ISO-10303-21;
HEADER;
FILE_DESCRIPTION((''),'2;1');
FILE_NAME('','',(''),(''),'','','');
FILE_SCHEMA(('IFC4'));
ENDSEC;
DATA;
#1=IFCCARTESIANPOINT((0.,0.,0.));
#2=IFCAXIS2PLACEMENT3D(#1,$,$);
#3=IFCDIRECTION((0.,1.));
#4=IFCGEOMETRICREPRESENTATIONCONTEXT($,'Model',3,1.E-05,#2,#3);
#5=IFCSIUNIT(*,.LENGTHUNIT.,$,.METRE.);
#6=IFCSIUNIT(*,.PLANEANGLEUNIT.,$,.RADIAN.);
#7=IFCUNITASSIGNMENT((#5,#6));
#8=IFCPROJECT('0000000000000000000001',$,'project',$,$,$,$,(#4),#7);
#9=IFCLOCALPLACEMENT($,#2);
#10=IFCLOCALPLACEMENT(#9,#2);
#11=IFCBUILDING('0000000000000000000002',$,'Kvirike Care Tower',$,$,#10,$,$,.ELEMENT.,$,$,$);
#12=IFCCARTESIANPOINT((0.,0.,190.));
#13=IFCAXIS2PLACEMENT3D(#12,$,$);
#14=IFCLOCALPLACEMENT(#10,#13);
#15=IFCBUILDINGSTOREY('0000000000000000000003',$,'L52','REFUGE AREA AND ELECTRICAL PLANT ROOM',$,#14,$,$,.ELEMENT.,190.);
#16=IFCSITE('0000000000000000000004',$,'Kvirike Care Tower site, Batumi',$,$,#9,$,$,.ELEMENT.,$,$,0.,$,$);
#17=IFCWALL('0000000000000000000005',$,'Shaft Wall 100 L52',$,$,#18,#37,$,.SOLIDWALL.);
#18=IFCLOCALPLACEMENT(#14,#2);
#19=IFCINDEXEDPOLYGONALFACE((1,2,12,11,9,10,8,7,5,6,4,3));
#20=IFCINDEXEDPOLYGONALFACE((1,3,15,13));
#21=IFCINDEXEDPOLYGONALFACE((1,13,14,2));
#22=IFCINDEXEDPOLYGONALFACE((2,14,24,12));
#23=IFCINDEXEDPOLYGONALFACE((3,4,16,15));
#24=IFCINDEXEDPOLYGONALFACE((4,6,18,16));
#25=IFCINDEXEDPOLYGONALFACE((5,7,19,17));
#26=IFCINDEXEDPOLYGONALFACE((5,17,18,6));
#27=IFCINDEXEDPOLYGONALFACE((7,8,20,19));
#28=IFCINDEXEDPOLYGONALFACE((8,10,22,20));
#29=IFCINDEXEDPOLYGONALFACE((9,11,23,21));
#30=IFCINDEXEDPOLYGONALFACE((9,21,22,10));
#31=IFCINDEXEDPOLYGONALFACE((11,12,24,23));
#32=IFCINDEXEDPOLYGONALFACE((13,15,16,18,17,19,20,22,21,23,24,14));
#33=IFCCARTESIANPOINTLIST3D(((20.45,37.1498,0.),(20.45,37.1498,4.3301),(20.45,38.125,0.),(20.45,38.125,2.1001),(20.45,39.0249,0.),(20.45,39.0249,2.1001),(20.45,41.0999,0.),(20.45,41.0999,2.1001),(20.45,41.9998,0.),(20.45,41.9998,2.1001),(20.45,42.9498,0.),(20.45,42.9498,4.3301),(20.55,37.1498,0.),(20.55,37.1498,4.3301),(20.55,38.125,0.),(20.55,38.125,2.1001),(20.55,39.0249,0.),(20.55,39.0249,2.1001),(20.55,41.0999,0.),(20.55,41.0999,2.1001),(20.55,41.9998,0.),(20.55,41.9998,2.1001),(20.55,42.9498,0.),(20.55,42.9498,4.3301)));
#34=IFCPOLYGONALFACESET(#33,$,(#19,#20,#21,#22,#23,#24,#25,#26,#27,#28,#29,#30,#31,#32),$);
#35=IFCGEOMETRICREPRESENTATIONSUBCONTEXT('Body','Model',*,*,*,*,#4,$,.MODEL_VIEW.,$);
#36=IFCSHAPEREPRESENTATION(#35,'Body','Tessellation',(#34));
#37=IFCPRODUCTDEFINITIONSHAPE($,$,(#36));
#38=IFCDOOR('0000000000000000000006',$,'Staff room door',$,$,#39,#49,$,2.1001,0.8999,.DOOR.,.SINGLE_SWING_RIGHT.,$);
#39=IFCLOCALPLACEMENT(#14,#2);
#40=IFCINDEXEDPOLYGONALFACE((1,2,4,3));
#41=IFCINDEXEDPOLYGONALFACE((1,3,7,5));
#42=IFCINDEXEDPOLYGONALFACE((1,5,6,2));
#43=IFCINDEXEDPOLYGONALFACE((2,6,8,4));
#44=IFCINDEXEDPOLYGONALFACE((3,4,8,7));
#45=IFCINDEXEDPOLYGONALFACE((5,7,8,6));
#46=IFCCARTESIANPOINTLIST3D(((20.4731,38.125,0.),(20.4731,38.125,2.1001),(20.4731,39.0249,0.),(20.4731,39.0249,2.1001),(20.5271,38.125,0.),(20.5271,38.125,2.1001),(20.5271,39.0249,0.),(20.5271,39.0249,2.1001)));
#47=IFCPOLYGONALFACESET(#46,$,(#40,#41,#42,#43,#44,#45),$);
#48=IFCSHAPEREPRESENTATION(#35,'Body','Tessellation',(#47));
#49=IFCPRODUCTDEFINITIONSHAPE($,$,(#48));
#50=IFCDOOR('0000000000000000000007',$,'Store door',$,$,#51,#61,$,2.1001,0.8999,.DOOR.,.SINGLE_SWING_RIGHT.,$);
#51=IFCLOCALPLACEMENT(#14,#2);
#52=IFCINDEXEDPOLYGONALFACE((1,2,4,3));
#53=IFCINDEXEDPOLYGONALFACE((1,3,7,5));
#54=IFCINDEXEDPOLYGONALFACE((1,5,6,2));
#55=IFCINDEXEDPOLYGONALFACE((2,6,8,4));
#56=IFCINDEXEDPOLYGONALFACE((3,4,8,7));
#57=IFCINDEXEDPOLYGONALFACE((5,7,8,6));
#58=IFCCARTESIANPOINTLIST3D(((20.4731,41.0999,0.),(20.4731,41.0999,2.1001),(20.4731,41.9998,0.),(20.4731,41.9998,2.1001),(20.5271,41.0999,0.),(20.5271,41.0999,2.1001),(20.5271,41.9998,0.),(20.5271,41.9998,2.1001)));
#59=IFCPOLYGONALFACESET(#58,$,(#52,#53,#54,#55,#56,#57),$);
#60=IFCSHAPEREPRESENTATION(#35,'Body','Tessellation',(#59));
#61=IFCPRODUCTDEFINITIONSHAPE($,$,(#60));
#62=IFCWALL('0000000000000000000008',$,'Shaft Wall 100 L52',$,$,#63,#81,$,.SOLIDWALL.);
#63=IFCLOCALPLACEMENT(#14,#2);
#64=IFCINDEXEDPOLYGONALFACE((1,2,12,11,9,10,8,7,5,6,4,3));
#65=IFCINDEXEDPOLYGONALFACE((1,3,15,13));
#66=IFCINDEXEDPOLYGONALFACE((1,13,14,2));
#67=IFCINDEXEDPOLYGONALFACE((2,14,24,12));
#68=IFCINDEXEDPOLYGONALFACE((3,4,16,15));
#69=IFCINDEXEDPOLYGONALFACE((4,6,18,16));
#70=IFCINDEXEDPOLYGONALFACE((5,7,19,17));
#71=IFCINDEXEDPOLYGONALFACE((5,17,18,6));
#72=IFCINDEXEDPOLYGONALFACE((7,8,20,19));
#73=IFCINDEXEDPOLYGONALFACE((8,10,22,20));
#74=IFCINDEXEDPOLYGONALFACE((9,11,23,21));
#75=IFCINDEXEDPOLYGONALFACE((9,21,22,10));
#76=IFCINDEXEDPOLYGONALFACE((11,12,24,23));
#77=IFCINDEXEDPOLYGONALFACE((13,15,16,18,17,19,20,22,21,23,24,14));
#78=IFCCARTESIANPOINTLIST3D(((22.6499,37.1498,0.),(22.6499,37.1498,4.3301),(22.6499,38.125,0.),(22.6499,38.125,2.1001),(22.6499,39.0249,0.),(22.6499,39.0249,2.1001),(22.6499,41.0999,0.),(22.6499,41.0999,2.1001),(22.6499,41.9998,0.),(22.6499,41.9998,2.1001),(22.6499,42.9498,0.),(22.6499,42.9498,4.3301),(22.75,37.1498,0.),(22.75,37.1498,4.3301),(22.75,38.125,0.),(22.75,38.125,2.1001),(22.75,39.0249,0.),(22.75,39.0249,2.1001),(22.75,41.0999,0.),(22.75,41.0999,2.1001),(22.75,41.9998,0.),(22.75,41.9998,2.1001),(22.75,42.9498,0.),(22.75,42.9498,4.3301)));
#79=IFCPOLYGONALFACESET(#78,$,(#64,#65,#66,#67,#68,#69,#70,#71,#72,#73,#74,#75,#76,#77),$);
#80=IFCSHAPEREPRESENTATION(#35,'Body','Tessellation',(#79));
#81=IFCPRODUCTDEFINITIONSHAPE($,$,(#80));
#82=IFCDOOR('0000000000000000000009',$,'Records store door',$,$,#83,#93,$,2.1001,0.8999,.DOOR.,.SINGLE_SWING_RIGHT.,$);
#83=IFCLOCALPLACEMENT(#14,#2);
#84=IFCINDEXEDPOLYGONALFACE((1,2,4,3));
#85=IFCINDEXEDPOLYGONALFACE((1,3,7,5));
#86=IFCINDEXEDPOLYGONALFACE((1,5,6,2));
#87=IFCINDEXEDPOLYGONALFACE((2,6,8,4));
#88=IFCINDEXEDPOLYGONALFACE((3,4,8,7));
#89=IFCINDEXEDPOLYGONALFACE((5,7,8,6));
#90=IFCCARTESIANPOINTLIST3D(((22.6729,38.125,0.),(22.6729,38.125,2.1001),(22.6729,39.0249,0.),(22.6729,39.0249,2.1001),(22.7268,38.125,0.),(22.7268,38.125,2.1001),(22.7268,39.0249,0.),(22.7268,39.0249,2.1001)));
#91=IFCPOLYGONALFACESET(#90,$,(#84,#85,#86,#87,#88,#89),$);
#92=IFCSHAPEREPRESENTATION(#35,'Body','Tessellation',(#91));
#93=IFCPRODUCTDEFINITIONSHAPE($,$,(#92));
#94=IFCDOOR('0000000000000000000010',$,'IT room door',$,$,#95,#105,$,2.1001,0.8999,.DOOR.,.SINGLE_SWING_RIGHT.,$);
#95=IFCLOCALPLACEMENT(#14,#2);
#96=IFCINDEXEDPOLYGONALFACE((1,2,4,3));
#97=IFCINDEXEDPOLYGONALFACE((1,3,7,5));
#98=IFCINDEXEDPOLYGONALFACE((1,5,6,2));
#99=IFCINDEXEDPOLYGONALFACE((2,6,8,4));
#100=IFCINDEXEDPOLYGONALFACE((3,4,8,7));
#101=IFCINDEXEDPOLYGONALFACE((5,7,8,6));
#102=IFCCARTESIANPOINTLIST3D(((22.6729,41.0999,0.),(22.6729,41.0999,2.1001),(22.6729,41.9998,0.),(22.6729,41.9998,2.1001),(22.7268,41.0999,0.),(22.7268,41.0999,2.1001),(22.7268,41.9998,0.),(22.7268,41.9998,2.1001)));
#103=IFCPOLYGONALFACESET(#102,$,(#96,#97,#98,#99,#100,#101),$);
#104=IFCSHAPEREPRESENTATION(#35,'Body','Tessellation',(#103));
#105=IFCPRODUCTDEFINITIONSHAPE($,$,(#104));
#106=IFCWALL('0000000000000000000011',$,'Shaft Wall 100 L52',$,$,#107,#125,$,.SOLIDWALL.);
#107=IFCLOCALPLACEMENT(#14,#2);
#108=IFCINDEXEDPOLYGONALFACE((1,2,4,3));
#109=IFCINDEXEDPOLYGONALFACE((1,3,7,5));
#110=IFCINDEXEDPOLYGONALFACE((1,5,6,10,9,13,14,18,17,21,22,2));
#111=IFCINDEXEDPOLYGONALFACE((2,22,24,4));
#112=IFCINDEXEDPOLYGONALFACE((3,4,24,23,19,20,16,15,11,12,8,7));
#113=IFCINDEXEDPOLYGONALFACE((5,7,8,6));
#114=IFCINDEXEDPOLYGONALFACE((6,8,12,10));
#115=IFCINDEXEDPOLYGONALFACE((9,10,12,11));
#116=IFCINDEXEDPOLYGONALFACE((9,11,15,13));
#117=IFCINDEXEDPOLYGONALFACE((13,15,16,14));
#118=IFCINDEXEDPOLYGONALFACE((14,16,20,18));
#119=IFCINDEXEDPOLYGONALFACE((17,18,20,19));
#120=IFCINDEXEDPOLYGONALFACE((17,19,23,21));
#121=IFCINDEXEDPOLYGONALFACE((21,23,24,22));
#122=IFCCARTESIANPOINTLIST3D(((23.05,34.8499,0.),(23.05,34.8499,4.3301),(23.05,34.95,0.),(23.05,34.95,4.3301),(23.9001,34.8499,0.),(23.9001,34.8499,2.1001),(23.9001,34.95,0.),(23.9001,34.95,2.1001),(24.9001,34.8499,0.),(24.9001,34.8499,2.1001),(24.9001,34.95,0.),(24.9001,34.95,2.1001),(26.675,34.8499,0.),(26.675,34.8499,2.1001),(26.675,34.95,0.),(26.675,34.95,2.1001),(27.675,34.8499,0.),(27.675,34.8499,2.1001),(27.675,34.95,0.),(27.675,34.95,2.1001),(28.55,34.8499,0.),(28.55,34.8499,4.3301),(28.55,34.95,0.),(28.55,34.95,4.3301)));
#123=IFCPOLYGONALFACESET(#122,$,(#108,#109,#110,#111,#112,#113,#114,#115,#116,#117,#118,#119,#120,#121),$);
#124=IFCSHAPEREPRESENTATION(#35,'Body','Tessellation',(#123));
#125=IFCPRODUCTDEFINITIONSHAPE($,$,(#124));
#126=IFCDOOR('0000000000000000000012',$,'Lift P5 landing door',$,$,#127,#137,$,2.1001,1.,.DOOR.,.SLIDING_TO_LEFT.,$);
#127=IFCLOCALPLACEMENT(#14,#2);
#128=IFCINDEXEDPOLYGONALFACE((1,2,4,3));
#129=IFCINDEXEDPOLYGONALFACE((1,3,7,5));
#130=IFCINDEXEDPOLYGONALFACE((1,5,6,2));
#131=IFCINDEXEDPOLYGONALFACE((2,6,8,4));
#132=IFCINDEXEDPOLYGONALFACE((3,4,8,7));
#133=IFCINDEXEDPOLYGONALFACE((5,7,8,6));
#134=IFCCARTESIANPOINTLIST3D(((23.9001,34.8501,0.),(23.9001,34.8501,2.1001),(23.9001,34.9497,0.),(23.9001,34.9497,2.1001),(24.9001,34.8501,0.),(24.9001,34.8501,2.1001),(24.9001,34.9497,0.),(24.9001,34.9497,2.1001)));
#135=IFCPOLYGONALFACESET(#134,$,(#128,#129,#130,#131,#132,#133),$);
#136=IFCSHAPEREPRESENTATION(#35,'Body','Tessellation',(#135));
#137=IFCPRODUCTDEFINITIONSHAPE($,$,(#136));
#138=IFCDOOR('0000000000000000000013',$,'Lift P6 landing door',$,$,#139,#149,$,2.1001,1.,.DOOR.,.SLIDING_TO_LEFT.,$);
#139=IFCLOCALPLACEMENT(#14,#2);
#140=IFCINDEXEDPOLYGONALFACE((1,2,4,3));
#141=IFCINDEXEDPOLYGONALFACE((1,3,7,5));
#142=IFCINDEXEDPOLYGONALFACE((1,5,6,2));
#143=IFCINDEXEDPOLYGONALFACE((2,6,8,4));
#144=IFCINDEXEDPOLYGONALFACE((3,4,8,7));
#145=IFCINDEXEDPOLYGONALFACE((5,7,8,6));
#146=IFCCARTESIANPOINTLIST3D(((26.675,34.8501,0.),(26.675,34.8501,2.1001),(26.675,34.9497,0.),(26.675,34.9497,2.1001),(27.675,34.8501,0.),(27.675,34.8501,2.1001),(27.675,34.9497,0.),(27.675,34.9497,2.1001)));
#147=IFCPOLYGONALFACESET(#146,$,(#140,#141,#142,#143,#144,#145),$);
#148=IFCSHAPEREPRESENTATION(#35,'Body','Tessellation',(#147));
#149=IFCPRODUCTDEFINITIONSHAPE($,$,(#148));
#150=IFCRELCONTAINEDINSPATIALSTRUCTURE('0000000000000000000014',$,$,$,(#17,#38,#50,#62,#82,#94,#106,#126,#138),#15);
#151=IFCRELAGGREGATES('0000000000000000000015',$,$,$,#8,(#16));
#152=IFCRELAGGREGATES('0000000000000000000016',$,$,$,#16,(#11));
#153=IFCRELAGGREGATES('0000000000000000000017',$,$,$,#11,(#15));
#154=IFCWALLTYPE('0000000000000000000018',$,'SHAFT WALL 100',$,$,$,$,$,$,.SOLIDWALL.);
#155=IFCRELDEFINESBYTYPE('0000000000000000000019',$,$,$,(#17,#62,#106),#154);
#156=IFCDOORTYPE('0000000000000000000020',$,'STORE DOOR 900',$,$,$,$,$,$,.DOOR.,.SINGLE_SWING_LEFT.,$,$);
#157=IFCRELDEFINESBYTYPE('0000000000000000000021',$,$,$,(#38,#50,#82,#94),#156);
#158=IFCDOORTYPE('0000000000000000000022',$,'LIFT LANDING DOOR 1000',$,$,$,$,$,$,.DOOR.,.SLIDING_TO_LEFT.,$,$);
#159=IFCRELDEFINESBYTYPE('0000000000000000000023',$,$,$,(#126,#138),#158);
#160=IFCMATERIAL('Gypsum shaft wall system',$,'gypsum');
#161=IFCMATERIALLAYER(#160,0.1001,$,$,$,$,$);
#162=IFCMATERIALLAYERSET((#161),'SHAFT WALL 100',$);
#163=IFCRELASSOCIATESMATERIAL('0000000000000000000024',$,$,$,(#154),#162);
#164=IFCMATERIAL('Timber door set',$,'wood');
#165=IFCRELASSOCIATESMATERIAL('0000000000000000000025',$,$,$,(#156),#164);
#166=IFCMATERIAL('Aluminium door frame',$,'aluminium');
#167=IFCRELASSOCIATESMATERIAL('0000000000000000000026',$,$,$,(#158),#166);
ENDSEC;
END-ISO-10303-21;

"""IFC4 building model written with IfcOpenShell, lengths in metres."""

from ifc_helpers import new_model, si_unit, direction, frame, frame_2d, origin, place, context, subcontext, project, spatial, rectangle, extrude, material, layer, layer_set, type_object, element, fill, save


model = new_model("IFC4")

# Units and contexts
model_context = context("Model", 3, precision=1e-05, world=origin(), true_north=direction((0.0, 1.0)))
body_context = subcontext(model_context, "Body", "Model", "MODEL_VIEW")
ifc_project = project(units=[si_unit("LENGTHUNIT", "METRE"), si_unit("PLANEANGLEUNIT", "RADIAN")], contexts=[model_context])

# Site, building, storey
site_placement = place(None, origin())
site = spatial("IfcSite", under=ifc_project, at=site_placement, Name="Kvirike Care Tower site, Batumi", CompositionType="ELEMENT", RefElevation=0.0)
building_placement = place(site_placement, origin())
building = spatial("IfcBuilding", under=site, at=building_placement, Name="Kvirike Care Tower", CompositionType="ELEMENT")
storey_placement = place(building_placement, frame((0.0, 0.0, 190.0)))
storey = spatial("IfcBuildingStorey", under=building, at=storey_placement, Name="L52", Description="REFUGE AREA AND ELECTRICAL PLANT ROOM", CompositionType="ELEMENT", Elevation=190.0)

# Shared definitions
ifc_material_1 = material(Name="Gypsum shaft wall system", Category="gypsum")
ifc_layer_1 = layer(ifc_material_1, 0.1001)
ifc_layer_set_1 = layer_set([ifc_layer_1], Name="SHAFT WALL 100")
wall_type_1 = type_object("IfcWallType", Name="SHAFT WALL 100", PredefinedType="SOLIDWALL", material=ifc_layer_set_1)

# Walls, openings, doors
wall_1_placement = place(storey_placement, frame((20.5, 37.1499, 0.0), z_axis=(0.0, 0.0, 1.0), x_axis=(0.0, 1.0, 0.0)))
wall_1 = element("IfcWall", 1, at=wall_1_placement, inside=storey, type_object=wall_type_1, Name="Shaft Wall 100 L52", PredefinedType="SOLIDWALL", context=body_context, shape_type="SweptSolid", body=[
    extrude(rectangle(XDim=5.8, YDim=0.1001, at=frame_2d((2.8999, 0.0))), origin(), (0.0, 0.0, 1.0), 4.3301),
])
opening_1_placement = place(wall_1_placement, frame((0.9751, 0.0, 0.0)))
opening_1 = element("IfcOpeningElement", 2, at=opening_1_placement, cuts=wall_1, PredefinedType="OPENING", context=body_context, shape_type="SweptSolid", body=[
    extrude(rectangle(XDim=0.8999, YDim=2.1001, at=frame_2d((0.45, 1.05))), frame((0.0, 0.0605, 0.0), z_axis=(0.0, -1.0, 0.0), x_axis=(1.0, 0.0, 0.0)), (0.0, 0.0, 1.0), 0.1211),
])
opening_2_placement = place(wall_1_placement, frame((3.95, 0.0, 0.0)))
opening_2 = element("IfcOpeningElement", 3, at=opening_2_placement, cuts=wall_1, PredefinedType="OPENING", context=body_context, shape_type="SweptSolid", body=[
    extrude(rectangle(XDim=0.8999, YDim=2.1001, at=frame_2d((0.45, 1.05))), frame((0.0, 0.0605, 0.0), z_axis=(0.0, -1.0, 0.0), x_axis=(1.0, 0.0, 0.0)), (0.0, 0.0, 1.0), 0.1211),
])
ifc_material_2 = material(Name="Timber door set", Category="wood")
door_type_1 = type_object("IfcDoorType", Name="STORE DOOR 900", OperationType="SINGLE_SWING_LEFT", PredefinedType="DOOR", material=ifc_material_2)
door_1_placement = place(opening_1_placement, origin())
door_1 = element("IfcDoor", 4, at=door_1_placement, inside=storey, type_object=door_type_1, Name="Staff room door", OperationType="SINGLE_SWING_RIGHT", OverallHeight=2.1001, OverallWidth=0.8999, PredefinedType="DOOR", context=body_context, shape_type="SweptSolid", body=[
    extrude(rectangle(XDim=0.8999, YDim=2.1001, at=frame_2d((0.45, 1.05))), frame((0.0, 0.0269, 0.0), z_axis=(0.0, -1.0, 0.0), x_axis=(1.0, 0.0, 0.0)), (0.0, 0.0, 1.0), 0.054),
])
fill(opening_1, door_1)
door_2_placement = place(opening_2_placement, origin())
door_2 = element("IfcDoor", 5, at=door_2_placement, inside=storey, type_object=door_type_1, Name="Store door", OperationType="SINGLE_SWING_RIGHT", OverallHeight=2.1001, OverallWidth=0.8999, PredefinedType="DOOR", context=body_context, shape_type="SweptSolid", body=[
    extrude(rectangle(XDim=0.8999, YDim=2.1001, at=frame_2d((0.45, 1.05))), frame((0.0, 0.0269, 0.0), z_axis=(0.0, -1.0, 0.0), x_axis=(1.0, 0.0, 0.0)), (0.0, 0.0, 1.0), 0.054),
])
fill(opening_2, door_2)
wall_2_placement = place(storey_placement, frame((22.7, 37.1499, 0.0), z_axis=(0.0, 0.0, 1.0), x_axis=(0.0, 1.0, 0.0)))
wall_2 = element("IfcWall", 6, at=wall_2_placement, inside=storey, type_object=wall_type_1, Name="Shaft Wall 100 L52", PredefinedType="SOLIDWALL", context=body_context, shape_type="SweptSolid", body=[
    extrude(rectangle(XDim=5.8, YDim=0.1001, at=frame_2d((2.8999, 0.0))), origin(), (0.0, 0.0, 1.0), 4.3301),
])
opening_3_placement = place(wall_2_placement, frame((0.9751, 0.0, 0.0)))
opening_3 = element("IfcOpeningElement", 7, at=opening_3_placement, cuts=wall_2, PredefinedType="OPENING", context=body_context, shape_type="SweptSolid", body=[
    extrude(rectangle(XDim=0.8999, YDim=2.1001, at=frame_2d((0.45, 1.05))), frame((0.0, 0.0605, 0.0), z_axis=(0.0, -1.0, 0.0), x_axis=(1.0, 0.0, 0.0)), (0.0, 0.0, 1.0), 0.1211),
])
opening_4_placement = place(wall_2_placement, frame((3.95, 0.0, 0.0)))
opening_4 = element("IfcOpeningElement", 8, at=opening_4_placement, cuts=wall_2, PredefinedType="OPENING", context=body_context, shape_type="SweptSolid", body=[
    extrude(rectangle(XDim=0.8999, YDim=2.1001, at=frame_2d((0.45, 1.05))), frame((0.0, 0.0605, 0.0), z_axis=(0.0, -1.0, 0.0), x_axis=(1.0, 0.0, 0.0)), (0.0, 0.0, 1.0), 0.1211),
])
door_3_placement = place(opening_3_placement, frame((0.8999, 0.0, 0.0), z_axis=(0.0, 0.0, 1.0), x_axis=(-1.0, 0.0, 0.0)))
door_3 = element("IfcDoor", 9, at=door_3_placement, inside=storey, type_object=door_type_1, Name="Records store door", OperationType="SINGLE_SWING_RIGHT", OverallHeight=2.1001, OverallWidth=0.8999, PredefinedType="DOOR", context=body_context, shape_type="SweptSolid", body=[
    extrude(rectangle(XDim=0.8999, YDim=2.1001, at=frame_2d((0.45, 1.05))), frame((0.0, 0.0269, 0.0), z_axis=(0.0, -1.0, 0.0), x_axis=(1.0, 0.0, 0.0)), (0.0, 0.0, 1.0), 0.054),
])
fill(opening_3, door_3)
door_4_placement = place(opening_4_placement, frame((0.8999, 0.0, 0.0), z_axis=(0.0, 0.0, 1.0), x_axis=(-1.0, 0.0, 0.0)))
door_4 = element("IfcDoor", 10, at=door_4_placement, inside=storey, type_object=door_type_1, Name="IT room door", OperationType="SINGLE_SWING_RIGHT", OverallHeight=2.1001, OverallWidth=0.8999, PredefinedType="DOOR", context=body_context, shape_type="SweptSolid", body=[
    extrude(rectangle(XDim=0.8999, YDim=2.1001, at=frame_2d((0.45, 1.05))), frame((0.0, 0.0269, 0.0), z_axis=(0.0, -1.0, 0.0), x_axis=(1.0, 0.0, 0.0)), (0.0, 0.0, 1.0), 0.054),
])
fill(opening_4, door_4)
wall_3_placement = place(storey_placement, frame((23.05, 34.8999, 0.0), z_axis=(0.0, 0.0, 1.0), x_axis=(1.0, 0.0, 0.0)))
wall_3 = element("IfcWall", 11, at=wall_3_placement, inside=storey, type_object=wall_type_1, Name="Shaft Wall 100 L52", PredefinedType="SOLIDWALL", context=body_context, shape_type="SweptSolid", body=[
    extrude(rectangle(XDim=5.5, YDim=0.1001, at=frame_2d((2.75, 0.0))), origin(), (0.0, 0.0, 1.0), 4.3301),
])
opening_5_placement = place(wall_3_placement, frame((0.8501, 0.0, 0.0)))
opening_5 = element("IfcOpeningElement", 12, at=opening_5_placement, cuts=wall_3, PredefinedType="OPENING", context=body_context, shape_type="SweptSolid", body=[
    extrude(rectangle(XDim=1.0, YDim=2.1001, at=frame_2d((0.5, 1.05))), frame((0.0, 0.0605, 0.0), z_axis=(0.0, -1.0, 0.0), x_axis=(1.0, 0.0, 0.0)), (0.0, 0.0, 1.0), 0.1211),
])
opening_6_placement = place(wall_3_placement, frame((3.625, 0.0, 0.0)))
opening_6 = element("IfcOpeningElement", 13, at=opening_6_placement, cuts=wall_3, PredefinedType="OPENING", context=body_context, shape_type="SweptSolid", body=[
    extrude(rectangle(XDim=1.0, YDim=2.1001, at=frame_2d((0.5, 1.05))), frame((0.0, 0.0605, 0.0), z_axis=(0.0, -1.0, 0.0), x_axis=(1.0, 0.0, 0.0)), (0.0, 0.0, 1.0), 0.1211),
])
ifc_material_3 = material(Name="Aluminium door frame", Category="aluminium")
door_type_2 = type_object("IfcDoorType", Name="LIFT LANDING DOOR 1000", OperationType="SLIDING_TO_LEFT", PredefinedType="DOOR", material=ifc_material_3)
door_5_placement = place(opening_5_placement, origin())
door_5 = element("IfcDoor", 14, at=door_5_placement, inside=storey, type_object=door_type_2, Name="Lift P5 landing door", OperationType="SLIDING_TO_LEFT", OverallHeight=2.1001, OverallWidth=1.0, PredefinedType="DOOR", context=body_context, shape_type="SweptSolid", body=[
    extrude(rectangle(XDim=1.0, YDim=2.1001, at=frame_2d((0.5, 1.05))), frame((0.0, 0.0498, 0.0), z_axis=(0.0, -1.0, 0.0), x_axis=(1.0, 0.0, 0.0)), (0.0, 0.0, 1.0), 0.0996),
])
fill(opening_5, door_5)
door_6_placement = place(opening_6_placement, origin())
door_6 = element("IfcDoor", 15, at=door_6_placement, inside=storey, type_object=door_type_2, Name="Lift P6 landing door", OperationType="SLIDING_TO_LEFT", OverallHeight=2.1001, OverallWidth=1.0, PredefinedType="DOOR", context=body_context, shape_type="SweptSolid", body=[
    extrude(rectangle(XDim=1.0, YDim=2.1001, at=frame_2d((0.5, 1.05))), frame((0.0, 0.0498, 0.0), z_axis=(0.0, -1.0, 0.0), x_axis=(1.0, 0.0, 0.0)), (0.0, 0.0, 1.0), 0.0996),
])
fill(opening_6, door_6)

save(model, "model.ifc")
